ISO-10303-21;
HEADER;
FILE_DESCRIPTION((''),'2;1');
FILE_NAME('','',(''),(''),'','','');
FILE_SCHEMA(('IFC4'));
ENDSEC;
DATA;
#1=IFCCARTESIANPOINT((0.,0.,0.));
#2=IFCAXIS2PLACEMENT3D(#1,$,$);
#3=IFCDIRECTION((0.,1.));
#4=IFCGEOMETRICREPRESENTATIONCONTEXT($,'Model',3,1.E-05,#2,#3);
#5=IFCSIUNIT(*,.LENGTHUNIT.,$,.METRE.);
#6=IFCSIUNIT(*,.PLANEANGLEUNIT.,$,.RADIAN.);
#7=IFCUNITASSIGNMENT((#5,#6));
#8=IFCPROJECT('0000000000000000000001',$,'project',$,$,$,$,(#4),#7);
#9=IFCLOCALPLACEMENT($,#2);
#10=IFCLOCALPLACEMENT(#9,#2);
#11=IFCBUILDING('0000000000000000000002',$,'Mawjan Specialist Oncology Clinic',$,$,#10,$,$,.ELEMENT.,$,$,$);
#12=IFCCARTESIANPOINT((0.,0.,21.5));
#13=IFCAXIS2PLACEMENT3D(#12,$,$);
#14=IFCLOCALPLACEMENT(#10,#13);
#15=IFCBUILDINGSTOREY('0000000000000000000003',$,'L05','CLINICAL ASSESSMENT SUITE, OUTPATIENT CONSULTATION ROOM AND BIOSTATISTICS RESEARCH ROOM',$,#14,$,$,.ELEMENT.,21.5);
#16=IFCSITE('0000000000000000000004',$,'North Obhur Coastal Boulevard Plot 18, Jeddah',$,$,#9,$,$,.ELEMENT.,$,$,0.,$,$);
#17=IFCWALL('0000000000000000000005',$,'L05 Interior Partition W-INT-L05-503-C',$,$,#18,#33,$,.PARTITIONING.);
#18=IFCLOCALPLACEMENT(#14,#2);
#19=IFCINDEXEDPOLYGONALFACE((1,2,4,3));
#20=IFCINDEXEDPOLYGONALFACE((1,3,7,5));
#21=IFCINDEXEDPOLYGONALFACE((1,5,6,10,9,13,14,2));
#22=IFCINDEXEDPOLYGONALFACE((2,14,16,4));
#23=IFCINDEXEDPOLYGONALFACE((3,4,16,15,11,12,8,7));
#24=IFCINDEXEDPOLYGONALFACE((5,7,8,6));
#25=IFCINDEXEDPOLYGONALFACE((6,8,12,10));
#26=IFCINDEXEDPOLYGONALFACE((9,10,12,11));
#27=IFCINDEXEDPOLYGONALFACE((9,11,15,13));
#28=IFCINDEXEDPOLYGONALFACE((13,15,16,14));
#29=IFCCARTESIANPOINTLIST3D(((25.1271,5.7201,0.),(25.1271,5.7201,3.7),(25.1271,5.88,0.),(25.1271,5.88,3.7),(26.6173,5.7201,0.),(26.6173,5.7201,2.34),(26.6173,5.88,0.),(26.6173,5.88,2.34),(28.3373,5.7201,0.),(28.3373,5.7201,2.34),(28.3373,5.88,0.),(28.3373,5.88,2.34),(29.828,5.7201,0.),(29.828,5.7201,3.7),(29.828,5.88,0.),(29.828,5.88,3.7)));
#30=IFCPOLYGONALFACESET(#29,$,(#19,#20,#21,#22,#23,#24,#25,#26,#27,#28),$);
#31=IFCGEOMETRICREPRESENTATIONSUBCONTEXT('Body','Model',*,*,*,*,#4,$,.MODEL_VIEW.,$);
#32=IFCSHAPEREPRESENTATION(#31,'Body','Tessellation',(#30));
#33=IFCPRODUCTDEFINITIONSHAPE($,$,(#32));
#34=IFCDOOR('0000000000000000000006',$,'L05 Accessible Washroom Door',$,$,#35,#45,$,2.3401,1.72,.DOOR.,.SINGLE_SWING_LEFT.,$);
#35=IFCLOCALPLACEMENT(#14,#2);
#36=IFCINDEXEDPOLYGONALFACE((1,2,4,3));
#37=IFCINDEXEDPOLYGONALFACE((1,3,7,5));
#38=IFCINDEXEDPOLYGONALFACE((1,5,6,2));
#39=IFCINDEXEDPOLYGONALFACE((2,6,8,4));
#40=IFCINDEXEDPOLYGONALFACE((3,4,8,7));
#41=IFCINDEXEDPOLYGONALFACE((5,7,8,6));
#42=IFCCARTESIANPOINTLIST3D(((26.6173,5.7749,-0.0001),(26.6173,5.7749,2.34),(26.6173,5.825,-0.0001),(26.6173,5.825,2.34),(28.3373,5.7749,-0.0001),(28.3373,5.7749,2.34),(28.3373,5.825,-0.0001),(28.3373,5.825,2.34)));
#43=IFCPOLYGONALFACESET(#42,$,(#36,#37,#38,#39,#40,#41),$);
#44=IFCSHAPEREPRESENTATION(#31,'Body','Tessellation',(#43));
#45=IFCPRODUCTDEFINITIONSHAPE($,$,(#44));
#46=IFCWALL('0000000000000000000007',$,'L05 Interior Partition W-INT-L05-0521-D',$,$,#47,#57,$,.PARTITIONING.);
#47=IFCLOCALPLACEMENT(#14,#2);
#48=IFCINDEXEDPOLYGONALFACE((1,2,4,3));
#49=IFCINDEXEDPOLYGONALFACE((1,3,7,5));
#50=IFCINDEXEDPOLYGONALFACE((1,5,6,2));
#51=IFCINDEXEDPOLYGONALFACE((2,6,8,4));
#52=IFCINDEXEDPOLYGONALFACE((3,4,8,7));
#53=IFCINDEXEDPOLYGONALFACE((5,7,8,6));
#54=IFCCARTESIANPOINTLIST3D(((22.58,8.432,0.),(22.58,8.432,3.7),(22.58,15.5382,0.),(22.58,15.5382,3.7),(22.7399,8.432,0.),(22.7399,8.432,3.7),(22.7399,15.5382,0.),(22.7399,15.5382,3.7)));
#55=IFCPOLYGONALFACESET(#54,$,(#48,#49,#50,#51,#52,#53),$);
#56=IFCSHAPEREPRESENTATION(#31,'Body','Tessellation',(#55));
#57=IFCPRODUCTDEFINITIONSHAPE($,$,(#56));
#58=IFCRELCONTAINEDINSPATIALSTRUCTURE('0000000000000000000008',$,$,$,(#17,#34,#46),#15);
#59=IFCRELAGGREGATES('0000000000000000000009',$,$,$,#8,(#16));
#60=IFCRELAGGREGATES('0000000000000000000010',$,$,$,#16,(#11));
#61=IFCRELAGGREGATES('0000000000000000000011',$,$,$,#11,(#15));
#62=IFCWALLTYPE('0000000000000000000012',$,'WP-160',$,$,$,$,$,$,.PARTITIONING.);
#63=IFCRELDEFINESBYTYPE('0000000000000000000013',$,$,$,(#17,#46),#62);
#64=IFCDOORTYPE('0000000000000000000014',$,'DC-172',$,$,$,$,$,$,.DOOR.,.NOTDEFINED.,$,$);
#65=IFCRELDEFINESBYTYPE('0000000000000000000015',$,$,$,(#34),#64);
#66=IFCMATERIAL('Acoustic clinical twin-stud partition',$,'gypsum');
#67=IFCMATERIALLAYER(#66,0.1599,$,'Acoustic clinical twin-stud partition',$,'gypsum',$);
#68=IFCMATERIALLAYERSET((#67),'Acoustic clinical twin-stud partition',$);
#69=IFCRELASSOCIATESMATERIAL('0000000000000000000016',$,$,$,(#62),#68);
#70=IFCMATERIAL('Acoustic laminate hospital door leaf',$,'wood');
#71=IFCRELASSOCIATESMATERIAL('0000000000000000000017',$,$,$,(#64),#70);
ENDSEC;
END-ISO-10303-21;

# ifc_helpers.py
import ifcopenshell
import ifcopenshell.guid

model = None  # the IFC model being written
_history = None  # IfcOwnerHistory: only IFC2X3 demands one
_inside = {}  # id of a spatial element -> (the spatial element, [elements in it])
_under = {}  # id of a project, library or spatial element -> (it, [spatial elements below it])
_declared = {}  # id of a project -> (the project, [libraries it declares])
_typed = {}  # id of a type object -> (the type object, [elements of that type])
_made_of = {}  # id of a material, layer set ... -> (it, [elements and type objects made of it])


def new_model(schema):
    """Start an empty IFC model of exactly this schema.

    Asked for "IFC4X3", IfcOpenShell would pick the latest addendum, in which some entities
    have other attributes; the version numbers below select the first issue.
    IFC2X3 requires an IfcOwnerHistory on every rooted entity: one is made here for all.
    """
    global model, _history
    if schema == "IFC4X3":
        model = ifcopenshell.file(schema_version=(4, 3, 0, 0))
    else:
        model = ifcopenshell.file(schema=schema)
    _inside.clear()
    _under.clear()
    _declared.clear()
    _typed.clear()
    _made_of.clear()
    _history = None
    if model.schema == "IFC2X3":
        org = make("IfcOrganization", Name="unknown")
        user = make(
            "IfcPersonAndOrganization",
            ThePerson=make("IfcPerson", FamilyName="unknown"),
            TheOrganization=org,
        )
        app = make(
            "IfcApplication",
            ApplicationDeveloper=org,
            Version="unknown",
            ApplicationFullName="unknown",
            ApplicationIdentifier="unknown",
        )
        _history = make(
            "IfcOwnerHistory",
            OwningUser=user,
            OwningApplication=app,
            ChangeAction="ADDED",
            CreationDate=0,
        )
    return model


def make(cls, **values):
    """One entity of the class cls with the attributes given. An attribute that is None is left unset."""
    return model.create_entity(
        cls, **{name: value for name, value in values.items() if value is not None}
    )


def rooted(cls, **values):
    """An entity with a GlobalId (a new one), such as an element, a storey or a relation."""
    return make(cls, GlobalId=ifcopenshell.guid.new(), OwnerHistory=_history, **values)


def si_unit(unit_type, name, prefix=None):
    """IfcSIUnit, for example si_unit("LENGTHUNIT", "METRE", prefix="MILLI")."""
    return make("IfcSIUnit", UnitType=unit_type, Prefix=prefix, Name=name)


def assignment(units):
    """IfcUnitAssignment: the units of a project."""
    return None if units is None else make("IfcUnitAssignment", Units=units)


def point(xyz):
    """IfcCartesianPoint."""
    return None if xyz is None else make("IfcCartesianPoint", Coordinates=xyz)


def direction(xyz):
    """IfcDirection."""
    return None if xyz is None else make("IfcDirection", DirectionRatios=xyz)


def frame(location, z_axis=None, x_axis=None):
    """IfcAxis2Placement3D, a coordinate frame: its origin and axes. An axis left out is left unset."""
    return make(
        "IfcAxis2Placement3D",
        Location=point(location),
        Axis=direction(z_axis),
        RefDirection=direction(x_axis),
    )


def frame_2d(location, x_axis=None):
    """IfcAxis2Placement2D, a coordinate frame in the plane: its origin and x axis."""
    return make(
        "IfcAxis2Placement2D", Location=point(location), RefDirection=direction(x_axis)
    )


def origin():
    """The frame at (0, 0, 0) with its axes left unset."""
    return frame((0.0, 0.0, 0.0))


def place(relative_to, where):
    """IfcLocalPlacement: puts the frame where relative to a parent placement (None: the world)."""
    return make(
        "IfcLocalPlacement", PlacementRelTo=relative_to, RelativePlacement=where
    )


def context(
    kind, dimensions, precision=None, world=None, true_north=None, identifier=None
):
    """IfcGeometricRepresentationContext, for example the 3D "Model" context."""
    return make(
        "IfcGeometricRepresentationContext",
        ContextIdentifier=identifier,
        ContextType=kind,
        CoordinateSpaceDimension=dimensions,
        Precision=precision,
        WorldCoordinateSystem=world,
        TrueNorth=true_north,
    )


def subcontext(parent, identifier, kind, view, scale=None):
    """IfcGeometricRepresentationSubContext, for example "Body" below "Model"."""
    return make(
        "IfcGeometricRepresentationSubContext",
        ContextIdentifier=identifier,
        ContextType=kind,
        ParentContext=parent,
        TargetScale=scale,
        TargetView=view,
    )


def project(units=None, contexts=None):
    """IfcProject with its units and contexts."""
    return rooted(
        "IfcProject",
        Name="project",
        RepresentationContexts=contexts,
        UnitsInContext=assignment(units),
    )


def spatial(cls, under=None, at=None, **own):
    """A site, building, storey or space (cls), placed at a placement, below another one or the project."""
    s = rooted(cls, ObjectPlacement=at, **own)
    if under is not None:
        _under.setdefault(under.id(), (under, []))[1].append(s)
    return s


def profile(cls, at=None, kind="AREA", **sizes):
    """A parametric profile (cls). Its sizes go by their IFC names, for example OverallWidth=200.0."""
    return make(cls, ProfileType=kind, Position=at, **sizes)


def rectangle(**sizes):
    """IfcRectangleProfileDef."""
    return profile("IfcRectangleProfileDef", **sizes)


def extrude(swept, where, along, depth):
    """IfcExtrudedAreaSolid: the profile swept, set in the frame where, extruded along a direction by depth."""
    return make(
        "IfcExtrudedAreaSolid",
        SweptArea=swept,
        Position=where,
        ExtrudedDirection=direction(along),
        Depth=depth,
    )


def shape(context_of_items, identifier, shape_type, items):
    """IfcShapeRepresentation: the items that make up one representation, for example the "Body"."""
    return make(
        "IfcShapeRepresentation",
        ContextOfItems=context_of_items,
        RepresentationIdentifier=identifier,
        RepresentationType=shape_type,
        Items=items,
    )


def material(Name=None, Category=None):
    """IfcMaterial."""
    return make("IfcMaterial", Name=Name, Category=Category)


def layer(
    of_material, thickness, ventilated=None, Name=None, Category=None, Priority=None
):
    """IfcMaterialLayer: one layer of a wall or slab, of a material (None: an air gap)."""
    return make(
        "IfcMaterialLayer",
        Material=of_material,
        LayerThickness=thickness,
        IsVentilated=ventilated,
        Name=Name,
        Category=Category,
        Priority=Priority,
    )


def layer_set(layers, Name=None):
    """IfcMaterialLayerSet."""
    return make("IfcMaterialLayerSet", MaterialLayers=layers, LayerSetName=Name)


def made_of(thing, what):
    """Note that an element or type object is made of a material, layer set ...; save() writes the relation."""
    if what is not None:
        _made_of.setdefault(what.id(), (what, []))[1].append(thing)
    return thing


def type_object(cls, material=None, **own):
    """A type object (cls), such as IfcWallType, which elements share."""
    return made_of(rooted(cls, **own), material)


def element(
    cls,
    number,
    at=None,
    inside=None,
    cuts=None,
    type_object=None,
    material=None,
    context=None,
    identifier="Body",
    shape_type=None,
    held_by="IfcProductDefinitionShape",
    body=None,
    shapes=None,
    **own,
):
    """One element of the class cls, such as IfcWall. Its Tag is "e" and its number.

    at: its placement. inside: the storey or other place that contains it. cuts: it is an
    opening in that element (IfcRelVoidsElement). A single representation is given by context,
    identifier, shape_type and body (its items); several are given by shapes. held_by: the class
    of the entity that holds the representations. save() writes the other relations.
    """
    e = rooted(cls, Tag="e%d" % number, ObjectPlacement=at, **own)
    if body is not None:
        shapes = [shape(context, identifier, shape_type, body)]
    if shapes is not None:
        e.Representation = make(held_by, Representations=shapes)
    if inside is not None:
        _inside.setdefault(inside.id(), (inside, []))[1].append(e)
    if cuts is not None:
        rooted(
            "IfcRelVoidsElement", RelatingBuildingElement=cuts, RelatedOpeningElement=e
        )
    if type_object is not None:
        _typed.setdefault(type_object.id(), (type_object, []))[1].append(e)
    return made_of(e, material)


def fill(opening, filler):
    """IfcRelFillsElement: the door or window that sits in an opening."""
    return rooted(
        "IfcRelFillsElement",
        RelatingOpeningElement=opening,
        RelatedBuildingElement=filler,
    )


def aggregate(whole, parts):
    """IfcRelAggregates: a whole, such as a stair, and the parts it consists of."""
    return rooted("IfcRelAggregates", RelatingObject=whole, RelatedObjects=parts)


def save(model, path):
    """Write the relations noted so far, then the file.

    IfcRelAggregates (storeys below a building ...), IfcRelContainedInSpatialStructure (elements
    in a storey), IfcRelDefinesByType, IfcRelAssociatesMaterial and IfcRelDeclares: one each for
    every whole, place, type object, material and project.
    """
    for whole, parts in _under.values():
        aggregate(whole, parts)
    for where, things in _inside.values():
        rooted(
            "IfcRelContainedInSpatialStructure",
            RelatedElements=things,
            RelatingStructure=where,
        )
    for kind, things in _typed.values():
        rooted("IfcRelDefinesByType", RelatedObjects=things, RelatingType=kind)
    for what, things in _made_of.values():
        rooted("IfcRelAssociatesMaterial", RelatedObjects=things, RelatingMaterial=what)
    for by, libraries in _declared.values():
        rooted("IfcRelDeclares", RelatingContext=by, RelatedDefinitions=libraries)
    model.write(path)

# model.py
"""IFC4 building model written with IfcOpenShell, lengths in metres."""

from ifc_helpers import new_model, si_unit, direction, frame, frame_2d, origin, place, context, subcontext, project, spatial, rectangle, extrude, material, layer, layer_set, type_object, element, fill, save


model = new_model("IFC4")

# Units and contexts
model_context = context("Model", 3, precision=1e-05, world=origin(), true_north=direction((0.0, 1.0)))
body_context = subcontext(model_context, "Body", "Model", "MODEL_VIEW")
ifc_project = project(units=[si_unit("LENGTHUNIT", "METRE"), si_unit("PLANEANGLEUNIT", "RADIAN")], contexts=[model_context])

# Site, building, storey
site_placement = place(None, origin())
site = spatial("IfcSite", under=ifc_project, at=site_placement, Name="North Obhur Coastal Boulevard Plot 18, Jeddah", CompositionType="ELEMENT", RefElevation=0.0)
building_placement = place(site_placement, origin())
building = spatial("IfcBuilding", under=site, at=building_placement, Name="Mawjan Specialist Oncology Clinic", CompositionType="ELEMENT")
storey_placement = place(building_placement, frame((0.0, 0.0, 21.5)))
storey = spatial("IfcBuildingStorey", under=building, at=storey_placement, Name="L05", Description="CLINICAL ASSESSMENT SUITE, OUTPATIENT CONSULTATION ROOM AND BIOSTATISTICS RESEARCH ROOM", CompositionType="ELEMENT", Elevation=21.5)

# Wall, opening, door
ifc_material_1 = material(Name="Acoustic clinical twin-stud partition", Category="gypsum")
ifc_layer_1 = layer(ifc_material_1, 0.1599, Name="Acoustic clinical twin-stud partition", Category="gypsum")
ifc_layer_set_1 = layer_set([ifc_layer_1], Name="Acoustic clinical twin-stud partition")
wall_type_1 = type_object("IfcWallType", Name="WP-160", PredefinedType="PARTITIONING", material=ifc_layer_set_1)
wall_1_placement = place(storey_placement, frame((25.127, 5.8, 0.0), z_axis=(0.0, 0.0, 1.0), x_axis=(1.0, 0.0, 0.0)))
wall_1 = element("IfcWall", 1, at=wall_1_placement, inside=storey, type_object=wall_type_1, Name="L05 Interior Partition W-INT-L05-503-C", PredefinedType="PARTITIONING", context=body_context, shape_type="SweptSolid", body=[
    extrude(rectangle(XDim=4.7009, YDim=0.1599, at=frame_2d((2.3506, 0.0))), origin(), (0.0, 0.0, 1.0), 3.7),
])
opening_1_placement = place(wall_1_placement, frame((1.4905, 0.0, 0.0)))
opening_1 = element("IfcOpeningElement", 2, at=opening_1_placement, cuts=wall_1, PredefinedType="OPENING", context=body_context, shape_type="SweptSolid", body=[
    extrude(rectangle(XDim=1.72, YDim=2.3401, at=frame_2d((0.8599, 1.1699))), frame((0.0, 0.092, 0.0), z_axis=(0.0, -1.0, 0.0), x_axis=(1.0, 0.0, 0.0)), (0.0, 0.0, 1.0), 0.1838),
])
ifc_material_2 = material(Name="Acoustic laminate hospital door leaf", Category="wood")
door_type_1 = type_object("IfcDoorType", Name="DC-172", OperationType="NOTDEFINED", PredefinedType="DOOR", material=ifc_material_2)
door_1_placement = place(opening_1_placement, origin())
door_1 = element("IfcDoor", 3, at=door_1_placement, inside=storey, type_object=door_type_1, Name="L05 Accessible Washroom Door", OperationType="SINGLE_SWING_LEFT", OverallHeight=2.3401, OverallWidth=1.72, PredefinedType="DOOR", context=body_context, shape_type="SweptSolid", body=[
    extrude(rectangle(XDim=1.72, YDim=2.3401, at=frame_2d((0.8599, 1.1699))), frame((0.0, 0.0249, 0.0), z_axis=(0.0, -1.0, 0.0), x_axis=(1.0, 0.0, 0.0)), (0.0, 0.0, 1.0), 0.05),
])
fill(opening_1, door_1)

# Wall
wall_2_placement = place(storey_placement, frame((22.6599, 8.4319, 0.0), z_axis=(0.0, 0.0, 1.0), x_axis=(0.0, 1.0, 0.0)))
element("IfcWall", 4, at=wall_2_placement, inside=storey, type_object=wall_type_1, Name="L05 Interior Partition W-INT-L05-0521-D", PredefinedType="PARTITIONING", context=body_context, shape_type="SweptSolid", body=[
    extrude(rectangle(XDim=7.1062, YDim=0.1599, at=frame_2d((3.5532, 0.0))), origin(), (0.0, 0.0, 1.0), 3.7),
])

save(model, "model.ifc")
